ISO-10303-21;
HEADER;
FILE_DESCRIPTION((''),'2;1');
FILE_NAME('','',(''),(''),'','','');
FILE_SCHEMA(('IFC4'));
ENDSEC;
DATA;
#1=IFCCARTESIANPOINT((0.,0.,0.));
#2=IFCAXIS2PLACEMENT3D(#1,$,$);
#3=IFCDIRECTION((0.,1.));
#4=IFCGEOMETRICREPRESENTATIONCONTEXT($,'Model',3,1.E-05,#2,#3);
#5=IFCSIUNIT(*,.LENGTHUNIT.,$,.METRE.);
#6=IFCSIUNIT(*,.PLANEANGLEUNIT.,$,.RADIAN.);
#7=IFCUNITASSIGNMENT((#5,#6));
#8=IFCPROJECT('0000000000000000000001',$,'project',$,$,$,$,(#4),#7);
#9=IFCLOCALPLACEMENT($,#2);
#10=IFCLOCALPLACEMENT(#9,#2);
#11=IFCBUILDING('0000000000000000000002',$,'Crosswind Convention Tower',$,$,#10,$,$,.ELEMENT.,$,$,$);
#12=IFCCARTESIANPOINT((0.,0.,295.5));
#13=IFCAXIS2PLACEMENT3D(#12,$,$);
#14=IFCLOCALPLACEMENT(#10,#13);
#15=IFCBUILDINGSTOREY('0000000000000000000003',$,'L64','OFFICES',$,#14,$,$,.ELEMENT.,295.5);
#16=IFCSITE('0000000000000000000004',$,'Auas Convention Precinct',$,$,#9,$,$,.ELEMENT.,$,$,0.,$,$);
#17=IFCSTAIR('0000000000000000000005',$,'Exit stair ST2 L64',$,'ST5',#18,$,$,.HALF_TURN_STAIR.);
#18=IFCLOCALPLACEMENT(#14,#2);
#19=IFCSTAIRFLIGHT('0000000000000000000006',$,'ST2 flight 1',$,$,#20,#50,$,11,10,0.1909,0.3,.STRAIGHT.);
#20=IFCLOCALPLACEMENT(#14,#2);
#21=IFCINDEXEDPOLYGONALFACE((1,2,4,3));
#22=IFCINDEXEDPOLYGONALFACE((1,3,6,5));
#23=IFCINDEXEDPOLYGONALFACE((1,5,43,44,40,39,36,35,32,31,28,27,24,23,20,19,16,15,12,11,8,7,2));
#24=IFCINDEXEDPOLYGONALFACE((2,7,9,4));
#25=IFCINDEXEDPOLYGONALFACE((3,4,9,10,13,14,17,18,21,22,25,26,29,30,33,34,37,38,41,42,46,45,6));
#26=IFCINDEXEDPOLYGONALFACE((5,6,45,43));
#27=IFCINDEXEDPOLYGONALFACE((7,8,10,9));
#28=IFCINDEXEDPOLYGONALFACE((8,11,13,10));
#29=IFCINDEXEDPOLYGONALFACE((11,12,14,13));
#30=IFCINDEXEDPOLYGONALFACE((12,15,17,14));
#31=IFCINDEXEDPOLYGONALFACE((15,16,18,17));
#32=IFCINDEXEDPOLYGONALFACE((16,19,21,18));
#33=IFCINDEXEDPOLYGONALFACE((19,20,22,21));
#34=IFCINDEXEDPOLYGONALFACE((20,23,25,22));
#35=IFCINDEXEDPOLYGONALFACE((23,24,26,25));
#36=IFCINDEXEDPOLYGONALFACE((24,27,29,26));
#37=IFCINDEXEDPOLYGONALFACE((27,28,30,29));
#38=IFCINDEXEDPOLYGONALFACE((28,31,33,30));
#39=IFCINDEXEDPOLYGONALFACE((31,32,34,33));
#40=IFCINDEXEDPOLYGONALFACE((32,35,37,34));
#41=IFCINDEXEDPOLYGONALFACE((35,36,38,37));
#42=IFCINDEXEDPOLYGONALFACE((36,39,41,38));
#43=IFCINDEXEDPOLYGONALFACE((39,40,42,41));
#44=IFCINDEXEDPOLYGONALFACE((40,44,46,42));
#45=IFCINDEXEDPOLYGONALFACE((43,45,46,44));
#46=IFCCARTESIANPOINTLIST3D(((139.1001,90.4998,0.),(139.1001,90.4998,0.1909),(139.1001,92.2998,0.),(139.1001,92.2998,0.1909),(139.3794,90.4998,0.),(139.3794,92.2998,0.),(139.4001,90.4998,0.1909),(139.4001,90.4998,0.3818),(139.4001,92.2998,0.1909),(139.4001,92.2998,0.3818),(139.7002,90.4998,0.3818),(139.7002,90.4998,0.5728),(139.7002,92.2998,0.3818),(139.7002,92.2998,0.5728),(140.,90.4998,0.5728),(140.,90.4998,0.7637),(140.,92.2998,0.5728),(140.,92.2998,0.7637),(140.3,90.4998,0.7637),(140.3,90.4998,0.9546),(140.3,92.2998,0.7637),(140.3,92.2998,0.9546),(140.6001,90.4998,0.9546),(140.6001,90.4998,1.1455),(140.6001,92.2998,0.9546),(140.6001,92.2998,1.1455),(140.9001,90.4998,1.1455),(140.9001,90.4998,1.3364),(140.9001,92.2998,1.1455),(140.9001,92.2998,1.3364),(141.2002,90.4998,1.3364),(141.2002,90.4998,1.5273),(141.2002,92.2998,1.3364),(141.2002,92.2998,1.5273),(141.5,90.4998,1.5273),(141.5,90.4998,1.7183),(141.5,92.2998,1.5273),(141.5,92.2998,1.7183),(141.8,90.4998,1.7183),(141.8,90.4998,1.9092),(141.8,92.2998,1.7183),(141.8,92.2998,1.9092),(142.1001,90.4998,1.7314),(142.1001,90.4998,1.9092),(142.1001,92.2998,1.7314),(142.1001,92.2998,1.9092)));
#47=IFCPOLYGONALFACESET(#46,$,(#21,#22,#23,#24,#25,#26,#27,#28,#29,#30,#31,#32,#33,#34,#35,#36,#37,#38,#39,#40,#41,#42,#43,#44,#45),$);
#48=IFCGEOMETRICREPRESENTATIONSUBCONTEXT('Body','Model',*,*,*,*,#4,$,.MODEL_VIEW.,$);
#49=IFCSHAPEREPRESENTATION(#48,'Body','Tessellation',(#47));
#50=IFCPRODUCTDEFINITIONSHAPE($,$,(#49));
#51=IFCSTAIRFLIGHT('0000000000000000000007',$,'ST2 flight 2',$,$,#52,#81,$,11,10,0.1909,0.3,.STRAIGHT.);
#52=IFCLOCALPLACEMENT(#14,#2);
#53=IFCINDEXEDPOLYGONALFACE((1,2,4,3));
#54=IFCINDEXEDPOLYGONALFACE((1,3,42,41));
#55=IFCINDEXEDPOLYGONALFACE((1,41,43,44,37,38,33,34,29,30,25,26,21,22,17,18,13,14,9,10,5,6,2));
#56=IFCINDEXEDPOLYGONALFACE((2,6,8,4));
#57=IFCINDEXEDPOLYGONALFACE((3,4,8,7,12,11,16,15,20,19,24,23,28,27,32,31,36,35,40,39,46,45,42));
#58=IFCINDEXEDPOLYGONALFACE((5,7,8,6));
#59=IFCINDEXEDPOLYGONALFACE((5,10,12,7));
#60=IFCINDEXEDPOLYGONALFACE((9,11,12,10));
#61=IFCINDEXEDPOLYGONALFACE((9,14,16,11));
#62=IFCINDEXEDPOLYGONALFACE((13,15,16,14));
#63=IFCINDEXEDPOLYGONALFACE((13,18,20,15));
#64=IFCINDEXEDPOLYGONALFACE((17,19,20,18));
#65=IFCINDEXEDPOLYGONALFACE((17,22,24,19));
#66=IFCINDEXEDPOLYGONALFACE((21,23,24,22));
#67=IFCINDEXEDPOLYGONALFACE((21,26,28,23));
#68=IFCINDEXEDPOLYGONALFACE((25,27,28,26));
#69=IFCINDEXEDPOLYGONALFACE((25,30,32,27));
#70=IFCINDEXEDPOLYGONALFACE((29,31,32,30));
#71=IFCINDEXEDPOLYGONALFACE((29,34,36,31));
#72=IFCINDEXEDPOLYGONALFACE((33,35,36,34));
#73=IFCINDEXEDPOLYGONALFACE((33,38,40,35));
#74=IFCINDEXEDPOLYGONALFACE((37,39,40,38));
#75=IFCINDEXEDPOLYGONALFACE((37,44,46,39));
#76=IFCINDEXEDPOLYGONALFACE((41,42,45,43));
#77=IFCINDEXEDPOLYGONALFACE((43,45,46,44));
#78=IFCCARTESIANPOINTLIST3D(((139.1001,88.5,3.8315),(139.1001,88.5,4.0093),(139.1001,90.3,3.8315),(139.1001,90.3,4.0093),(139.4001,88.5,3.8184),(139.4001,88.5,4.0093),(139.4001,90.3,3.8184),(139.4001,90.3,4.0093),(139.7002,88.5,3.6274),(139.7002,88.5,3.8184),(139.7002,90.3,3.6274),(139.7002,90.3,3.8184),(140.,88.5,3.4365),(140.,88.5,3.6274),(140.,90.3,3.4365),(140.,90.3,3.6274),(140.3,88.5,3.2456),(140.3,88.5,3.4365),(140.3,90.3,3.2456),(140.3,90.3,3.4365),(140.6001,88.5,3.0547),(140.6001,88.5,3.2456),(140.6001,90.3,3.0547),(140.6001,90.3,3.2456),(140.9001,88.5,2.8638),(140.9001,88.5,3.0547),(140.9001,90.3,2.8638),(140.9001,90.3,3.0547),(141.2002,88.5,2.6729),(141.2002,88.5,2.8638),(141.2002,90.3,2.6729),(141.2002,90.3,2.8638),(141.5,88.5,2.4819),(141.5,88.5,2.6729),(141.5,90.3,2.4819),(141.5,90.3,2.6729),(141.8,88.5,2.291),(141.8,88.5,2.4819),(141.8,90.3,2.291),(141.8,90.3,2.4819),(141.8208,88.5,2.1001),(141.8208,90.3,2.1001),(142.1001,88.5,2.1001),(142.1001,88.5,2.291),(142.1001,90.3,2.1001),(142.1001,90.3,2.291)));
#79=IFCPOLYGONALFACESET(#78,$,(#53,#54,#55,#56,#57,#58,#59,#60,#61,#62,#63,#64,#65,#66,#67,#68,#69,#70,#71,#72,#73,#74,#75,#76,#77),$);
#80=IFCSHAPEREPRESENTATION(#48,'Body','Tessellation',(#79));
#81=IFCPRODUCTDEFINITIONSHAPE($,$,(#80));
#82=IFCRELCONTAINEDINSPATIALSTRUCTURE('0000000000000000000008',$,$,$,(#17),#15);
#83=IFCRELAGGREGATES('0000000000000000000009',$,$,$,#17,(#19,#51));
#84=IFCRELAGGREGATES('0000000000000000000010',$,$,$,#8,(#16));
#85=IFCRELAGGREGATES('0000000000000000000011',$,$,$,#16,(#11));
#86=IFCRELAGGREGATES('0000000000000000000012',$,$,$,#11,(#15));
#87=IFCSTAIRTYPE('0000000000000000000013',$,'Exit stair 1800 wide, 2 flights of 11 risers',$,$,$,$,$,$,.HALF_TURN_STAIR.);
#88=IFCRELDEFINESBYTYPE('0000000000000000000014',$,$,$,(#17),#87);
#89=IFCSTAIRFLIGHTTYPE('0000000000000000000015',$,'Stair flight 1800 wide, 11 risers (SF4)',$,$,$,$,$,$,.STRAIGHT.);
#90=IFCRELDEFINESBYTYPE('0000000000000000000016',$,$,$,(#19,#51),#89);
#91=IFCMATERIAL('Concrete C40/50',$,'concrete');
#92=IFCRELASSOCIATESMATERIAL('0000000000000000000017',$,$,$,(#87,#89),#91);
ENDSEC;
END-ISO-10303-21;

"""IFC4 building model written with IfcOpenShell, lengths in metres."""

from ifc_helpers import new_model, si_unit, direction, frame, origin, place, context, subcontext, project, spatial, polyline, outline, extrude, material, type_object, element, aggregate, save


model = new_model("IFC4")

# Units and contexts
model_context = context("Model", 3, precision=1e-05, world=origin(), true_north=direction((0.0, 1.0)))
body_context = subcontext(model_context, "Body", "Model", "MODEL_VIEW")
ifc_project = project(units=[si_unit("LENGTHUNIT", "METRE"), si_unit("PLANEANGLEUNIT", "RADIAN")], contexts=[model_context])

# Site, building, storey
site_placement = place(None, origin())
site = spatial("IfcSite", under=ifc_project, at=site_placement, Name="Auas Convention Precinct", CompositionType="ELEMENT", RefElevation=0.0)
building_placement = place(site_placement, origin())
building = spatial("IfcBuilding", under=site, at=building_placement, Name="Crosswind Convention Tower", CompositionType="ELEMENT")
storey_placement = place(building_placement, frame((0.0, 0.0, 295.5)))
storey = spatial("IfcBuildingStorey", under=building, at=storey_placement, Name="L64", Description="OFFICES", CompositionType="ELEMENT", Elevation=295.5)

# Stair, stair flights
ifc_material_1 = material(Name="Concrete C40/50", Category="concrete")
stair_type = type_object("IfcStairType", Name="Exit stair 1800 wide, 2 flights of 11 risers", PredefinedType="HALF_TURN_STAIR", material=ifc_material_1)
stair_placement = place(storey_placement, origin())
stair = element("IfcStair", 1, at=stair_placement, inside=storey, type_object=stair_type, Name="Exit stair ST2 L64", ObjectType="ST5", PredefinedType="HALF_TURN_STAIR")
stair_flight_type = type_object("IfcStairFlightType", Name="Stair flight 1800 wide, 11 risers (SF4)", PredefinedType="STRAIGHT", material=ifc_material_1)
stair_flight_1_placement = place(storey_placement, frame((139.1001, 91.3999, 0.0), z_axis=(0.0, 0.0, 1.0), x_axis=(1.0, 0.0, 0.0)))
stair_flight_1 = element("IfcStairFlight", 2, at=stair_flight_1_placement, type_object=stair_flight_type, Name="ST2 flight 1", NumberOfRisers=11, NumberOfTreads=10, PredefinedType="STRAIGHT", RiserHeight=0.1909, TreadLength=0.3, context=body_context, shape_type="SweptSolid", body=[
    extrude(outline(polyline([(0.0, 0.0), (0.0, 0.1909), (0.3, 0.1909), (0.3, 0.3818), (0.6001, 0.3818), (0.6001, 0.5728), (0.8999, 0.5728), (0.8999, 0.7637), (1.2, 0.7637), (1.2, 0.9546), (1.5, 0.9546), (1.5, 1.1455), (1.8, 1.1455), (1.8, 1.3364), (2.1001, 1.3364), (2.1001, 1.5273), (2.3999, 1.5273), (2.3999, 1.7183), (2.7, 1.7183), (2.7, 1.9092), (3.0, 1.9092), (3.0, 2.1001), (3.0, 1.7314), (0.2793, 0.0), (0.0, 0.0)])), frame((0.0, 0.8999, 0.0), z_axis=(0.0, -1.0, 0.0), x_axis=(1.0, 0.0, 0.0)), (0.0, 0.0, 1.0), 1.8),
])
stair_flight_2_placement = place(storey_placement, frame((142.1001, 89.3999, 2.1001), z_axis=(0.0, 0.0, 1.0), x_axis=(-1.0, 0.0, 0.0)))
stair_flight_2 = element("IfcStairFlight", 3, at=stair_flight_2_placement, type_object=stair_flight_type, Name="ST2 flight 2", NumberOfRisers=11, NumberOfTreads=10, PredefinedType="STRAIGHT", RiserHeight=0.1909, TreadLength=0.3, context=body_context, shape_type="SweptSolid", body=[
    extrude(outline(polyline([(0.0, 0.0), (0.0, 0.1909), (0.3, 0.1909), (0.3, 0.3818), (0.6001, 0.3818), (0.6001, 0.5728), (0.8999, 0.5728), (0.8999, 0.7637), (1.2, 0.7637), (1.2, 0.9546), (1.5, 0.9546), (1.5, 1.1455), (1.8, 1.1455), (1.8, 1.3364), (2.1001, 1.3364), (2.1001, 1.5273), (2.3999, 1.5273), (2.3999, 1.7183), (2.7, 1.7183), (2.7, 1.9092), (3.0, 1.9092), (3.0, 2.1001), (3.0, 1.7314), (0.2793, 0.0), (0.0, 0.0)])), frame((0.0, 0.8999, 0.0), z_axis=(0.0, -1.0, 0.0), x_axis=(1.0, 0.0, 0.0)), (0.0, 0.0, 1.0), 1.8),
])
aggregate(stair, [stair_flight_1, stair_flight_2])

save(model, "model.ifc")
